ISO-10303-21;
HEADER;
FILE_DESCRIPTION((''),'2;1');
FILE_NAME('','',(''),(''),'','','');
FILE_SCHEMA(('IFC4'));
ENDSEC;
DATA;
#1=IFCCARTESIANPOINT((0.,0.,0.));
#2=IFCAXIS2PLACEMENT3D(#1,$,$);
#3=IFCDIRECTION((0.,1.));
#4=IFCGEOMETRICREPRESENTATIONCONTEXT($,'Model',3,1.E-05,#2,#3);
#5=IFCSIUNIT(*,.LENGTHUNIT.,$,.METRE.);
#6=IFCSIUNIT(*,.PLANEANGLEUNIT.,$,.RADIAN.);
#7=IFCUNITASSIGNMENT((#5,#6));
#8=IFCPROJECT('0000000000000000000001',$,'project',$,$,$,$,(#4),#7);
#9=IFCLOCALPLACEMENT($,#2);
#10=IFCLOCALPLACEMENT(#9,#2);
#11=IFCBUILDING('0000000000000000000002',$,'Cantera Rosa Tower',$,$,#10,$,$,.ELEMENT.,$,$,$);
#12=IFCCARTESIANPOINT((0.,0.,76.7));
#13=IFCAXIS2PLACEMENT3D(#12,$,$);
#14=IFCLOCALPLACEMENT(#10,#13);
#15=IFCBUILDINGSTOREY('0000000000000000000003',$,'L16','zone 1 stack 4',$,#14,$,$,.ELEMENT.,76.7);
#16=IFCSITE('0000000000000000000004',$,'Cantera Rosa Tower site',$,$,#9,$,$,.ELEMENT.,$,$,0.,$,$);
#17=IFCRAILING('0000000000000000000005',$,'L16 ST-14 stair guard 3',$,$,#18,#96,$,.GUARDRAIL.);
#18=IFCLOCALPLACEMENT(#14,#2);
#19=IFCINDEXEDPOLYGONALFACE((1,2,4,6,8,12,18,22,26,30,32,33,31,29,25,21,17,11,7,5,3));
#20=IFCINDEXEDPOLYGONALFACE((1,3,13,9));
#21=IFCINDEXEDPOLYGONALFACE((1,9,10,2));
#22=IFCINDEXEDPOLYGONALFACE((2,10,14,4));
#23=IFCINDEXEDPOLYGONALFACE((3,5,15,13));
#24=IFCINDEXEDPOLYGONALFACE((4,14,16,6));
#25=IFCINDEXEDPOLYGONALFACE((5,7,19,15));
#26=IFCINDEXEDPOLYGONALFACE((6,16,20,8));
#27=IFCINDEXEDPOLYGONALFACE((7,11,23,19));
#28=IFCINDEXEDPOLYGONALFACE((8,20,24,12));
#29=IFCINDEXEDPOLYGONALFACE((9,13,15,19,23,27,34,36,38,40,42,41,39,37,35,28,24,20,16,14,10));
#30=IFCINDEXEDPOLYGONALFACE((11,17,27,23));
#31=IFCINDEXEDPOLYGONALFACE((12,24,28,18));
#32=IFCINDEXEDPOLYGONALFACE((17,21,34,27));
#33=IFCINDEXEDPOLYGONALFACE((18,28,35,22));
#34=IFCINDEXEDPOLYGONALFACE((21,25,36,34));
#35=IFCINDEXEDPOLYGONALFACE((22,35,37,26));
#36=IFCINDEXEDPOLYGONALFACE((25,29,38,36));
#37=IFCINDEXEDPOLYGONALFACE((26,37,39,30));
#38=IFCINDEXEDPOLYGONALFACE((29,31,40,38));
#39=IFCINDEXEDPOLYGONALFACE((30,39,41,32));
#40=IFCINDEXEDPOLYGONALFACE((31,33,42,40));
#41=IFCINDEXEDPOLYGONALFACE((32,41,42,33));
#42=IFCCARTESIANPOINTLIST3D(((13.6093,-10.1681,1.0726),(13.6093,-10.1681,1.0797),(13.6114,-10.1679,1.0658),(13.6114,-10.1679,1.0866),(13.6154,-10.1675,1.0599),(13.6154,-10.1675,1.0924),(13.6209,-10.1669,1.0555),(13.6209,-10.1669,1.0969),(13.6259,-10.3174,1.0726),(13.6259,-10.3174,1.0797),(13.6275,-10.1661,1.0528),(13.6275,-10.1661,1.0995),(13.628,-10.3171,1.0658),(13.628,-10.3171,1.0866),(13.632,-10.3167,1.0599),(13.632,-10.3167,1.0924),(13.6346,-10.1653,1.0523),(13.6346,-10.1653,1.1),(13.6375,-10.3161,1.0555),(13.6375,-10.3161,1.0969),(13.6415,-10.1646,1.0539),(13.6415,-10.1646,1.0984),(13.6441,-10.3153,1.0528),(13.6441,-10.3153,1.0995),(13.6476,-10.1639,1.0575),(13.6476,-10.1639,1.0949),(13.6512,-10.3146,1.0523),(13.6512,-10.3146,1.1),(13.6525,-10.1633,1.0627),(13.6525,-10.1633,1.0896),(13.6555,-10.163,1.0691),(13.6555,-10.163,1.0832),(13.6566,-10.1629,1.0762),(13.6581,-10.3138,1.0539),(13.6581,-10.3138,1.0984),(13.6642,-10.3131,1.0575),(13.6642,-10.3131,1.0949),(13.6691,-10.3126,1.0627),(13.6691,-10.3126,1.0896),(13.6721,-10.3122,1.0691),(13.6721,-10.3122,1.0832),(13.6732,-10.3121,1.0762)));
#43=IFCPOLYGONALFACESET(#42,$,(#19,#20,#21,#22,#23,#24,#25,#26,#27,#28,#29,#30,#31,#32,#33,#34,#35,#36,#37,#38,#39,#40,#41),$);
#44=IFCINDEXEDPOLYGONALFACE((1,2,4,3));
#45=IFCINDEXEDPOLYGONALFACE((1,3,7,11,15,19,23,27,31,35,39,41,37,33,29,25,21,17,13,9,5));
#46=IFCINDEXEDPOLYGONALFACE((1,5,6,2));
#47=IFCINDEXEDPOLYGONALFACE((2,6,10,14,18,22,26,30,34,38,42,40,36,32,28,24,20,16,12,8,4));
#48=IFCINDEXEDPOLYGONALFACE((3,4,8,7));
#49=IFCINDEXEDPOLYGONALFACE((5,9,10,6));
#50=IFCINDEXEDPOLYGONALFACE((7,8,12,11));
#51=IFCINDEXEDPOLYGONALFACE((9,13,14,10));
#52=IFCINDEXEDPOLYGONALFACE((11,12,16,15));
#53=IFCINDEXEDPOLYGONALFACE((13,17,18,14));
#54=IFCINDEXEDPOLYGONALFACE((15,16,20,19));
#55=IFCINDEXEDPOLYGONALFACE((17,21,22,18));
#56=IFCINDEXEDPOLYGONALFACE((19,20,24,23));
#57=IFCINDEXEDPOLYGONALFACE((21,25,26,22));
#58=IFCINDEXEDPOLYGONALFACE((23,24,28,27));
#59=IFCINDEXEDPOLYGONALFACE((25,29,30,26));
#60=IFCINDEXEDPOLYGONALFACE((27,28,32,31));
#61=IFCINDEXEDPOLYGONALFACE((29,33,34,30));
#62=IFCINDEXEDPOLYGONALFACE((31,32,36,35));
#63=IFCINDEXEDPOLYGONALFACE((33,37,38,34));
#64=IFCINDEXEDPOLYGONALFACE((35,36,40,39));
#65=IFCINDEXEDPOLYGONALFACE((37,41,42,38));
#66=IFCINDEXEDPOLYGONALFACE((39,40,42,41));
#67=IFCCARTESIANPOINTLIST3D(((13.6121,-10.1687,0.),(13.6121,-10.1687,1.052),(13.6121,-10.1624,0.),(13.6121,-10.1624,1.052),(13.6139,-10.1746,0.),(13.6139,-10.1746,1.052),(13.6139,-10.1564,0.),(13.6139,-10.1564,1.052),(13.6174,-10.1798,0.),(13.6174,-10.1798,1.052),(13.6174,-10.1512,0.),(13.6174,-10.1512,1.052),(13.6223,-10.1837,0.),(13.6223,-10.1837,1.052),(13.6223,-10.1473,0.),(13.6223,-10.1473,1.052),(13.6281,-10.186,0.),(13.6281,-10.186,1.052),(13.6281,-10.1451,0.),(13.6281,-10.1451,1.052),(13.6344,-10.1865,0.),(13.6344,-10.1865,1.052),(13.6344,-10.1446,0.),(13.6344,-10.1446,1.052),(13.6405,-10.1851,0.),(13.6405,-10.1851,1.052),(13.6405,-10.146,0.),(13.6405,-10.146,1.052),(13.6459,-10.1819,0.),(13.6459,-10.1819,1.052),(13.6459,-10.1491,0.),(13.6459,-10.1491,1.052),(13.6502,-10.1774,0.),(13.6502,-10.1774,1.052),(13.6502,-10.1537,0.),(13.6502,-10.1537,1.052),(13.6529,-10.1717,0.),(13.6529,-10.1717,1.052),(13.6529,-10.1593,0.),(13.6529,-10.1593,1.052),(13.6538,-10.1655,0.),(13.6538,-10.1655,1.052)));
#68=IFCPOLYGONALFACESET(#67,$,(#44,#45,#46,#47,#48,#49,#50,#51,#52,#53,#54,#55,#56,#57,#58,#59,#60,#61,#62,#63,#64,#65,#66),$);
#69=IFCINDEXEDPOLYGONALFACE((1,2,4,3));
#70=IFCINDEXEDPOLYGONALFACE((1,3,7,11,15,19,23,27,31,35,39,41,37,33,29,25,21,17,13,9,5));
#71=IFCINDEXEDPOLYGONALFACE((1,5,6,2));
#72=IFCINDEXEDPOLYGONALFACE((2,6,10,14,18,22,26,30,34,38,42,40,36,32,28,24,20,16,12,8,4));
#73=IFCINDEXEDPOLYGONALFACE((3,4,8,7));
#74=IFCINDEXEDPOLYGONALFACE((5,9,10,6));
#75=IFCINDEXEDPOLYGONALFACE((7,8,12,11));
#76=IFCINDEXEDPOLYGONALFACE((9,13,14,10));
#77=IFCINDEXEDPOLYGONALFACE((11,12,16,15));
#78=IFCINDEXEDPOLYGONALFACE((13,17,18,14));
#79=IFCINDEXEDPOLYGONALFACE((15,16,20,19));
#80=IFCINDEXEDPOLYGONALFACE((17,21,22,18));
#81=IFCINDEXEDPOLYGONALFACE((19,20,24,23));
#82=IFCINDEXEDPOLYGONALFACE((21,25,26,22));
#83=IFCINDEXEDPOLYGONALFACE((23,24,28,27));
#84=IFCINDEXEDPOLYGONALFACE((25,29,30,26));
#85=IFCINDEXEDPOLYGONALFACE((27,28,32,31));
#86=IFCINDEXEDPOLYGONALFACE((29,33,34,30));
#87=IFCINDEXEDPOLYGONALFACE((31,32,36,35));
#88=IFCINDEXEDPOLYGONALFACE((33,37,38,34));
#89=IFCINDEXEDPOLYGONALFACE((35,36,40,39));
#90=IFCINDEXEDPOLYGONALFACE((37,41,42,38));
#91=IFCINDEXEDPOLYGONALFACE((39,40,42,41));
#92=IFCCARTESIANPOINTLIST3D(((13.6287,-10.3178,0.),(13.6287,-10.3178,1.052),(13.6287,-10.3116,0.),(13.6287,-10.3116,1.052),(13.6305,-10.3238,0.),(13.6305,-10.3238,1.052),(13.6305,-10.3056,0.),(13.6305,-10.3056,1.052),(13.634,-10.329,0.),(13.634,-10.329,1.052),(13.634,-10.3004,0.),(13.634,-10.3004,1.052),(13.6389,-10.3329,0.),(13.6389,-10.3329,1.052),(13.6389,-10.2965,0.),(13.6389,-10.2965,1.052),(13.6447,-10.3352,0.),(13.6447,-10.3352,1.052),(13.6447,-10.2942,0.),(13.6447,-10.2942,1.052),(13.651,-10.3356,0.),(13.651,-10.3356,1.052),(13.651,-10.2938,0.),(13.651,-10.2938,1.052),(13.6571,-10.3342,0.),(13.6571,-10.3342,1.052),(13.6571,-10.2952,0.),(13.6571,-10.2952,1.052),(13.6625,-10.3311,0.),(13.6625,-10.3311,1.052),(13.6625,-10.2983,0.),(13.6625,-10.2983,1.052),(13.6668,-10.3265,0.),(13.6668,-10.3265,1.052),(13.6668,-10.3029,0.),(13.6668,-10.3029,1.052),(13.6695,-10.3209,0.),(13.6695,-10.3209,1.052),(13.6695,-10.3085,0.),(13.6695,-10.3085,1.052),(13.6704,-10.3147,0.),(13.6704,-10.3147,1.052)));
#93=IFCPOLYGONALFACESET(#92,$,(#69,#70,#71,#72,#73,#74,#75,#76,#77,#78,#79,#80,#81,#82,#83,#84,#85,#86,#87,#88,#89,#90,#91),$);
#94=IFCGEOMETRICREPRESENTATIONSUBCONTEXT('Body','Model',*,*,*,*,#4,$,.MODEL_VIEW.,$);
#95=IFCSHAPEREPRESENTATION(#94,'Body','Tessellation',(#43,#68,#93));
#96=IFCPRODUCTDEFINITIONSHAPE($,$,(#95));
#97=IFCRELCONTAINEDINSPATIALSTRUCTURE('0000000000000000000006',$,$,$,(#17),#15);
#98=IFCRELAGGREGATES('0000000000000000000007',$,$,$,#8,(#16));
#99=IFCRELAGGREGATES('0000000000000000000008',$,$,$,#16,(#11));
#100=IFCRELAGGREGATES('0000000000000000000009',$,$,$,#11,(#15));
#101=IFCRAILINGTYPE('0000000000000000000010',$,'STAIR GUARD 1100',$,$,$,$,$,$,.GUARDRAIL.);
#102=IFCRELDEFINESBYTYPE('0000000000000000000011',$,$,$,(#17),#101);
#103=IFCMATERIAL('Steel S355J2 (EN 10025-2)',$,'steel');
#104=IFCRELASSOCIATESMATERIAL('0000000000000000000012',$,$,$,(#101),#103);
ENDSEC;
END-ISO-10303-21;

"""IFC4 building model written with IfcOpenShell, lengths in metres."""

from ifc_helpers import new_model, si_unit, direction, frame, origin, origin_2d, place, context, subcontext, project, spatial, circle, extrude, material, type_object, element, save


model = new_model("IFC4")

# Units and contexts
model_context = context("Model", 3, precision=1e-05, world=origin(), true_north=direction((0.0, 1.0)))
body_context = subcontext(model_context, "Body", "Model", "MODEL_VIEW")
ifc_project = project(units=[si_unit("LENGTHUNIT", "METRE"), si_unit("PLANEANGLEUNIT", "RADIAN")], contexts=[model_context])

# Site, building, storey
site_placement = place(None, origin())
site = spatial("IfcSite", under=ifc_project, at=site_placement, Name="Cantera Rosa Tower site", CompositionType="ELEMENT", RefElevation=0.0)
building_placement = place(site_placement, origin())
building = spatial("IfcBuilding", under=site, at=building_placement, Name="Cantera Rosa Tower", CompositionType="ELEMENT")
storey_placement = place(building_placement, frame((0.0, 0.0, 76.7)))
storey = spatial("IfcBuildingStorey", under=building, at=storey_placement, Name="L16", Description="zone 1 stack 4", CompositionType="ELEMENT", Elevation=76.7)

# Railing
ifc_material_1 = material(Name="Steel S355J2 (EN 10025-2)", Category="steel")
railing_type_1 = type_object("IfcRailingType", Name="STAIR GUARD 1100", PredefinedType="GUARDRAIL", material=ifc_material_1)
railing_1_placement = place(storey_placement, frame((13.6328, -10.1655, 0.0)))
element("IfcRailing", 1, at=railing_1_placement, inside=storey, type_object=railing_type_1, Name="L16 ST-14 stair guard 3", PredefinedType="GUARDRAIL", context=body_context, shape_type="SweptSolid", body=[
    extrude(circle(Radius=0.0239, at=origin_2d()), frame((0.0, 0.0, 1.0762), z_axis=(0.11061, -0.993864, 0.0), x_axis=(0.993864, 0.11061, 0.0)), (0.0, 0.0, 1.0), 0.1501),
    extrude(circle(Radius=0.021, at=origin_2d()), origin(), (0.0, 0.0, 1.0), 1.052),
    extrude(circle(Radius=0.021, at=origin_2d()), frame((0.0166, -0.1492, 0.0)), (0.0, 0.0, 1.0), 1.052),
])

save(model, "model.ifc")
